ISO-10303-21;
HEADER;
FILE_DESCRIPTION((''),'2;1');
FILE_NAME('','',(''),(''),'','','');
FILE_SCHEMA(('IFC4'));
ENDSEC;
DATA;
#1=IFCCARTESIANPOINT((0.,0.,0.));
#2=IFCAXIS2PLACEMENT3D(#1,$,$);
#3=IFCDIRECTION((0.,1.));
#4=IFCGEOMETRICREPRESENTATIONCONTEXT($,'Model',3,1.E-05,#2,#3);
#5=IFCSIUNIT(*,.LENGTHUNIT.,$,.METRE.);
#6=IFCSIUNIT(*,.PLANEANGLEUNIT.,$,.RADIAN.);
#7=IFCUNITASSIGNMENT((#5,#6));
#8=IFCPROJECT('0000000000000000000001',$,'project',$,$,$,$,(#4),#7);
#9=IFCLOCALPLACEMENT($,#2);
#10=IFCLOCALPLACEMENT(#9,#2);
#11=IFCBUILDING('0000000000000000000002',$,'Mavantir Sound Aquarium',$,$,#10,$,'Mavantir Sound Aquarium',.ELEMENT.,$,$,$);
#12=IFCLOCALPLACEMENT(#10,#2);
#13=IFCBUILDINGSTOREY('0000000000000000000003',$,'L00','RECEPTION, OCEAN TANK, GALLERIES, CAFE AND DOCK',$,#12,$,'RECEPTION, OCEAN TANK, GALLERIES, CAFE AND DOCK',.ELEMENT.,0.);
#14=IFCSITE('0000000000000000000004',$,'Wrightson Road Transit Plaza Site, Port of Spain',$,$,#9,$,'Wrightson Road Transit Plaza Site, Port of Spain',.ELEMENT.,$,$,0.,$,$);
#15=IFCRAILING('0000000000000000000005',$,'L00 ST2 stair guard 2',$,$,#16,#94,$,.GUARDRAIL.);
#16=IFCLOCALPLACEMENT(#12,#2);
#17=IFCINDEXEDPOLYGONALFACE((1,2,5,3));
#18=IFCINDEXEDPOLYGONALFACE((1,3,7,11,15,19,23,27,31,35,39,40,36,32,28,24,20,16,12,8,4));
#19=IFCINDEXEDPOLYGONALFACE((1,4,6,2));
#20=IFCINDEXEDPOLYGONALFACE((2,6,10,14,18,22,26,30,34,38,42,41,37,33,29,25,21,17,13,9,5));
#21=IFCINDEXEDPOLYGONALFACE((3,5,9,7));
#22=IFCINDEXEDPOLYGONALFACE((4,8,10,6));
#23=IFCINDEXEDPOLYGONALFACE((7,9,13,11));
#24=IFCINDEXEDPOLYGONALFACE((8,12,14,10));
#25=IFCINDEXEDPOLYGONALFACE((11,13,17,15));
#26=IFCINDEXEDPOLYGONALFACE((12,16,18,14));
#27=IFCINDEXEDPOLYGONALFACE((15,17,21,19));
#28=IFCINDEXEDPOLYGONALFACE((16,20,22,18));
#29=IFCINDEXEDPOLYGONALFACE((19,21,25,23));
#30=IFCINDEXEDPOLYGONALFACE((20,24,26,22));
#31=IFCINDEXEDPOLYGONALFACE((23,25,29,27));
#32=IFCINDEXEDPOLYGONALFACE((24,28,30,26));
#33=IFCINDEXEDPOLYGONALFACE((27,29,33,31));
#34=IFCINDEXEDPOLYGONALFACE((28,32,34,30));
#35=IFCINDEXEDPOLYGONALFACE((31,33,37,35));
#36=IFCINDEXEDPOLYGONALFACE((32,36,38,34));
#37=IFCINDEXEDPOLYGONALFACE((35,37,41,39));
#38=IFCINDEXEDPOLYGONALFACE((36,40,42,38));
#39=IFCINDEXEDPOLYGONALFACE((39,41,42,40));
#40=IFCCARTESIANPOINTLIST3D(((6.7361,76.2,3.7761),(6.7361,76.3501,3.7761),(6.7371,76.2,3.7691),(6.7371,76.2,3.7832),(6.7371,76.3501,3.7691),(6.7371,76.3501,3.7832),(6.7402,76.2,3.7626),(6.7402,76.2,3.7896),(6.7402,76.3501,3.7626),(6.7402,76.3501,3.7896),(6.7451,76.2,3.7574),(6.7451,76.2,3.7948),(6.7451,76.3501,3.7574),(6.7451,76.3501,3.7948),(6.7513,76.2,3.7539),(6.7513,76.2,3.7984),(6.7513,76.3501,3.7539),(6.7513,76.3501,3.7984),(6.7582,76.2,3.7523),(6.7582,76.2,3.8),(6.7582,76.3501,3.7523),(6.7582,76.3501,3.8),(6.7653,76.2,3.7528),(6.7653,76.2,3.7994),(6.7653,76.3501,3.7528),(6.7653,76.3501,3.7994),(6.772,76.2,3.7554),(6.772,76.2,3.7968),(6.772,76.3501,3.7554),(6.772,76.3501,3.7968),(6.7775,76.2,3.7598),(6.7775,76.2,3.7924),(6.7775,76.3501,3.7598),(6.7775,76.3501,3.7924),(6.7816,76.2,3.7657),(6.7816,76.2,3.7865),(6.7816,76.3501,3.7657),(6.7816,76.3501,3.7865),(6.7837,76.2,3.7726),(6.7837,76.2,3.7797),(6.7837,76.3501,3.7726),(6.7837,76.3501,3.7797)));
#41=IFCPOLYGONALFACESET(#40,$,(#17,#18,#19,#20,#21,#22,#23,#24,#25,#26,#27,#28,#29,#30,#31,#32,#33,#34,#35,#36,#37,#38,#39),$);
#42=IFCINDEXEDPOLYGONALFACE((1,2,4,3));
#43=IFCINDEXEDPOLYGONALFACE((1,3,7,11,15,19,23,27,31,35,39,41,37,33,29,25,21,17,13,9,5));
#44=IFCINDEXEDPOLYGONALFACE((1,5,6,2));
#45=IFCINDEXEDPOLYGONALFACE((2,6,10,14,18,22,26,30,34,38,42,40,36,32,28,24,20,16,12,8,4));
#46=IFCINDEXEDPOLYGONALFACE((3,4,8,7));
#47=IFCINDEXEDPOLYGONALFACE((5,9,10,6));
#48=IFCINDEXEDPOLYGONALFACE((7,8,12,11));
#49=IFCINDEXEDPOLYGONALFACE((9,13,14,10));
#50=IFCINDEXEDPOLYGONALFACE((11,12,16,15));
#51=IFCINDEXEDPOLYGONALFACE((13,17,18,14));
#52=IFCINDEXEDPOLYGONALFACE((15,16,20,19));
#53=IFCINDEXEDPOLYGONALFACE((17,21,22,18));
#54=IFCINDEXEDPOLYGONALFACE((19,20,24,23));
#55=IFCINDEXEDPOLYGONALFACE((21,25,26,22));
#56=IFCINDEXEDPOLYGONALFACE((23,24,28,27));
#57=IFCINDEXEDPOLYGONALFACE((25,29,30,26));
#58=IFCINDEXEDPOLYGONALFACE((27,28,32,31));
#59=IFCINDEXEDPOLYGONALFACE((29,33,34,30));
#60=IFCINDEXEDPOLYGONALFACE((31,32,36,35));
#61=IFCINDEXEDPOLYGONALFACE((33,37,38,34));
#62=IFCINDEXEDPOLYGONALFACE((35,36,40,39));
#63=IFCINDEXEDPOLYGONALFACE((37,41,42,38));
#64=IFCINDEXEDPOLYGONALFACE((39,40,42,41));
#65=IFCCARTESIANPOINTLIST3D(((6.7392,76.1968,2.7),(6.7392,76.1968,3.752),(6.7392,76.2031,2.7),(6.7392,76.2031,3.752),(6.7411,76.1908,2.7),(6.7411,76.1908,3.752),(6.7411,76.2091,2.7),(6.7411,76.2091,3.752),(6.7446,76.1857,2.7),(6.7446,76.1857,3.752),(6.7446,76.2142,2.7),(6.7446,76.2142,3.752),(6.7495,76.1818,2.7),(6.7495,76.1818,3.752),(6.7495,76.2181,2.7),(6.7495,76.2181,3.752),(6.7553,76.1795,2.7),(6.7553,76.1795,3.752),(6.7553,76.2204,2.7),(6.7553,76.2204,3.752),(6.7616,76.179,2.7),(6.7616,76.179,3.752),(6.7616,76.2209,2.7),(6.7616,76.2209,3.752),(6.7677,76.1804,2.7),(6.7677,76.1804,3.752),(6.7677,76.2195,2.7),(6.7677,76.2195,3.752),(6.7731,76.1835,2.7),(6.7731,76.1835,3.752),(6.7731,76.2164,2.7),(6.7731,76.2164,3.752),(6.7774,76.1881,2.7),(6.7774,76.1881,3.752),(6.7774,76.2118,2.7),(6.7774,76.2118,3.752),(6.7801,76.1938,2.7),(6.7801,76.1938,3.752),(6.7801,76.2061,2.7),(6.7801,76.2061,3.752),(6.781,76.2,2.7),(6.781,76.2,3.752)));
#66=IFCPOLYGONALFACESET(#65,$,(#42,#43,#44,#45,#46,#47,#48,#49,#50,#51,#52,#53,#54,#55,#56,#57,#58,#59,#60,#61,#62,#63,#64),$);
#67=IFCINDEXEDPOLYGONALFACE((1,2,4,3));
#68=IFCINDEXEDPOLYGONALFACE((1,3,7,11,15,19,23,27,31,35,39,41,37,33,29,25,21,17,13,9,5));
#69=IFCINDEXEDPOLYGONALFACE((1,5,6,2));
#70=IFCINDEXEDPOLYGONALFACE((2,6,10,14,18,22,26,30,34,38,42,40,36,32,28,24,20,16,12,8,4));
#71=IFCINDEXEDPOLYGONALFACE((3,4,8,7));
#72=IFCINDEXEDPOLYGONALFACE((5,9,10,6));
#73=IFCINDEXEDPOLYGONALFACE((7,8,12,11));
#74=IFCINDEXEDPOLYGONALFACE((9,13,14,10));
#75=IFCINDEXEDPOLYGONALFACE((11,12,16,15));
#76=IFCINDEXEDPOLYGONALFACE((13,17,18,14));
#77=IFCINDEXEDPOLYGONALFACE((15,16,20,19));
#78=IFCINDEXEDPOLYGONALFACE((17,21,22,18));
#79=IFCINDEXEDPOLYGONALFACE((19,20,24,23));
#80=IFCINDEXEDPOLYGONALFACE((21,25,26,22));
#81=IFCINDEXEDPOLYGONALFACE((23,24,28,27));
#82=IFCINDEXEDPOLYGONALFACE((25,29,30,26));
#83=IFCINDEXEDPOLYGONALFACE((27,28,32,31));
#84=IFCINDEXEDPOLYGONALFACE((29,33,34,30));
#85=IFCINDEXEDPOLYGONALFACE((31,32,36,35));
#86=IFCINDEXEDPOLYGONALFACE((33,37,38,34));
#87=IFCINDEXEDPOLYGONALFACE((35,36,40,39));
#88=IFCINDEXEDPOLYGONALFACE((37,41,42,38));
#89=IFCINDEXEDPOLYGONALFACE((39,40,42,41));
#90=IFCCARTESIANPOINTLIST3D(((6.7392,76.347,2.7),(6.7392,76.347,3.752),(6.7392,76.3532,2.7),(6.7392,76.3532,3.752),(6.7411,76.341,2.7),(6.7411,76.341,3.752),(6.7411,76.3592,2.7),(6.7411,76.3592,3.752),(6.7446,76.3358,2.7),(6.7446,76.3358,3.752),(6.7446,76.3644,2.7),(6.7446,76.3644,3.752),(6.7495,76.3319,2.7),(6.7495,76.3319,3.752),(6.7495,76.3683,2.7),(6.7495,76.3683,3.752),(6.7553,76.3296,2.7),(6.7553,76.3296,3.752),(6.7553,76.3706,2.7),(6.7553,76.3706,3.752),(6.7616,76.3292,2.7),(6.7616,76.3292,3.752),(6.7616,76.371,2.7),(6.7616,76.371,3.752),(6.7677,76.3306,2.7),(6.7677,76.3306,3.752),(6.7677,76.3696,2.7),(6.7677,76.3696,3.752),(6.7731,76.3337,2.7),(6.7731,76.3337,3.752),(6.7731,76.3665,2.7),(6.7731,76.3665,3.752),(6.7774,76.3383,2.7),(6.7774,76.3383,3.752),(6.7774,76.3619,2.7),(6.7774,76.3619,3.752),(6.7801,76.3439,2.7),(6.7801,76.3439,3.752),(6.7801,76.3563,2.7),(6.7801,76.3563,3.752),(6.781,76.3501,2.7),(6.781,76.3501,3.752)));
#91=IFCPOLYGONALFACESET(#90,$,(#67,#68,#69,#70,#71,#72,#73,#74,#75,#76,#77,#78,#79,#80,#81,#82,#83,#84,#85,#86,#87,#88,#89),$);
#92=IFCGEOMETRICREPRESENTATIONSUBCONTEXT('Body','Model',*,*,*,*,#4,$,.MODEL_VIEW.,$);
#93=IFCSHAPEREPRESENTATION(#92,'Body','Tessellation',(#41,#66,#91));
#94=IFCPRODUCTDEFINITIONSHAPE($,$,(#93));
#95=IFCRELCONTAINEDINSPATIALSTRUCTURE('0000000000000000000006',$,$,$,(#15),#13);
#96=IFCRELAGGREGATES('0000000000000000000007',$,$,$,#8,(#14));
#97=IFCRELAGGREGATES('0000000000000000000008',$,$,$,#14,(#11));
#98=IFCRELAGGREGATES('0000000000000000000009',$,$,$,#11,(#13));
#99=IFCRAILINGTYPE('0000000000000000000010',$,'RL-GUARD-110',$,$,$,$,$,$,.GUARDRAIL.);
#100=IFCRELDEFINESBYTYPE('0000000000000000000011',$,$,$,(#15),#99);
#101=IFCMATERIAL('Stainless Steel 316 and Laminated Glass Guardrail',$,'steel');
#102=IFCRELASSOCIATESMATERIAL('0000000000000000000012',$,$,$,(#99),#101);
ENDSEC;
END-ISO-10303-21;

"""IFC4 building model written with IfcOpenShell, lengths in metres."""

from ifc_helpers import new_model, si_unit, direction, frame, origin, origin_2d, place, context, subcontext, project, spatial, circle, extrude, material, type_object, element, save


model = new_model("IFC4")

# Units and contexts
model_context = context("Model", 3, precision=1e-05, world=origin(), true_north=direction((0.0, 1.0)))
body_context = subcontext(model_context, "Body", "Model", "MODEL_VIEW")
ifc_project = project(units=[si_unit("LENGTHUNIT", "METRE"), si_unit("PLANEANGLEUNIT", "RADIAN")], contexts=[model_context])

# Site, building, storey
site_placement = place(None, origin())
site = spatial("IfcSite", under=ifc_project, at=site_placement, Name="Wrightson Road Transit Plaza Site, Port of Spain", LongName="Wrightson Road Transit Plaza Site, Port of Spain", CompositionType="ELEMENT", RefElevation=0.0)
building_placement = place(site_placement, origin())
building = spatial("IfcBuilding", under=site, at=building_placement, Name="Mavantir Sound Aquarium", LongName="Mavantir Sound Aquarium", CompositionType="ELEMENT")
storey_placement = place(building_placement, origin())
storey = spatial("IfcBuildingStorey", under=building, at=storey_placement, Name="L00", Description="RECEPTION, OCEAN TANK, GALLERIES, CAFE AND DOCK", LongName="RECEPTION, OCEAN TANK, GALLERIES, CAFE AND DOCK", CompositionType="ELEMENT", Elevation=0.0)

# Railing
ifc_material_1 = material(Name="Stainless Steel 316 and Laminated Glass Guardrail", Category="steel")
railing_type_1 = type_object("IfcRailingType", Name="RL-GUARD-110", PredefinedType="GUARDRAIL", material=ifc_material_1)
railing_1_placement = place(storey_placement, frame((6.76, 76.2, 2.7)))
element("IfcRailing", 1, at=railing_1_placement, inside=storey, type_object=railing_type_1, Name="L00 ST2 stair guard 2", PredefinedType="GUARDRAIL", context=body_context, shape_type="SweptSolid", body=[
    extrude(circle(Radius=0.0239, at=origin_2d()), frame((0.0, 0.0, 1.0762), z_axis=(0.0, 1.0, 0.0), x_axis=(-1.0, 0.0, 0.0)), (0.0, 0.0, 1.0), 0.1501),
    extrude(circle(Radius=0.021, at=origin_2d()), origin(), (0.0, 0.0, 1.0), 1.052),
    extrude(circle(Radius=0.021, at=origin_2d()), frame((0.0, 0.1501, 0.0)), (0.0, 0.0, 1.0), 1.052),
])

save(model, "model.ifc")
